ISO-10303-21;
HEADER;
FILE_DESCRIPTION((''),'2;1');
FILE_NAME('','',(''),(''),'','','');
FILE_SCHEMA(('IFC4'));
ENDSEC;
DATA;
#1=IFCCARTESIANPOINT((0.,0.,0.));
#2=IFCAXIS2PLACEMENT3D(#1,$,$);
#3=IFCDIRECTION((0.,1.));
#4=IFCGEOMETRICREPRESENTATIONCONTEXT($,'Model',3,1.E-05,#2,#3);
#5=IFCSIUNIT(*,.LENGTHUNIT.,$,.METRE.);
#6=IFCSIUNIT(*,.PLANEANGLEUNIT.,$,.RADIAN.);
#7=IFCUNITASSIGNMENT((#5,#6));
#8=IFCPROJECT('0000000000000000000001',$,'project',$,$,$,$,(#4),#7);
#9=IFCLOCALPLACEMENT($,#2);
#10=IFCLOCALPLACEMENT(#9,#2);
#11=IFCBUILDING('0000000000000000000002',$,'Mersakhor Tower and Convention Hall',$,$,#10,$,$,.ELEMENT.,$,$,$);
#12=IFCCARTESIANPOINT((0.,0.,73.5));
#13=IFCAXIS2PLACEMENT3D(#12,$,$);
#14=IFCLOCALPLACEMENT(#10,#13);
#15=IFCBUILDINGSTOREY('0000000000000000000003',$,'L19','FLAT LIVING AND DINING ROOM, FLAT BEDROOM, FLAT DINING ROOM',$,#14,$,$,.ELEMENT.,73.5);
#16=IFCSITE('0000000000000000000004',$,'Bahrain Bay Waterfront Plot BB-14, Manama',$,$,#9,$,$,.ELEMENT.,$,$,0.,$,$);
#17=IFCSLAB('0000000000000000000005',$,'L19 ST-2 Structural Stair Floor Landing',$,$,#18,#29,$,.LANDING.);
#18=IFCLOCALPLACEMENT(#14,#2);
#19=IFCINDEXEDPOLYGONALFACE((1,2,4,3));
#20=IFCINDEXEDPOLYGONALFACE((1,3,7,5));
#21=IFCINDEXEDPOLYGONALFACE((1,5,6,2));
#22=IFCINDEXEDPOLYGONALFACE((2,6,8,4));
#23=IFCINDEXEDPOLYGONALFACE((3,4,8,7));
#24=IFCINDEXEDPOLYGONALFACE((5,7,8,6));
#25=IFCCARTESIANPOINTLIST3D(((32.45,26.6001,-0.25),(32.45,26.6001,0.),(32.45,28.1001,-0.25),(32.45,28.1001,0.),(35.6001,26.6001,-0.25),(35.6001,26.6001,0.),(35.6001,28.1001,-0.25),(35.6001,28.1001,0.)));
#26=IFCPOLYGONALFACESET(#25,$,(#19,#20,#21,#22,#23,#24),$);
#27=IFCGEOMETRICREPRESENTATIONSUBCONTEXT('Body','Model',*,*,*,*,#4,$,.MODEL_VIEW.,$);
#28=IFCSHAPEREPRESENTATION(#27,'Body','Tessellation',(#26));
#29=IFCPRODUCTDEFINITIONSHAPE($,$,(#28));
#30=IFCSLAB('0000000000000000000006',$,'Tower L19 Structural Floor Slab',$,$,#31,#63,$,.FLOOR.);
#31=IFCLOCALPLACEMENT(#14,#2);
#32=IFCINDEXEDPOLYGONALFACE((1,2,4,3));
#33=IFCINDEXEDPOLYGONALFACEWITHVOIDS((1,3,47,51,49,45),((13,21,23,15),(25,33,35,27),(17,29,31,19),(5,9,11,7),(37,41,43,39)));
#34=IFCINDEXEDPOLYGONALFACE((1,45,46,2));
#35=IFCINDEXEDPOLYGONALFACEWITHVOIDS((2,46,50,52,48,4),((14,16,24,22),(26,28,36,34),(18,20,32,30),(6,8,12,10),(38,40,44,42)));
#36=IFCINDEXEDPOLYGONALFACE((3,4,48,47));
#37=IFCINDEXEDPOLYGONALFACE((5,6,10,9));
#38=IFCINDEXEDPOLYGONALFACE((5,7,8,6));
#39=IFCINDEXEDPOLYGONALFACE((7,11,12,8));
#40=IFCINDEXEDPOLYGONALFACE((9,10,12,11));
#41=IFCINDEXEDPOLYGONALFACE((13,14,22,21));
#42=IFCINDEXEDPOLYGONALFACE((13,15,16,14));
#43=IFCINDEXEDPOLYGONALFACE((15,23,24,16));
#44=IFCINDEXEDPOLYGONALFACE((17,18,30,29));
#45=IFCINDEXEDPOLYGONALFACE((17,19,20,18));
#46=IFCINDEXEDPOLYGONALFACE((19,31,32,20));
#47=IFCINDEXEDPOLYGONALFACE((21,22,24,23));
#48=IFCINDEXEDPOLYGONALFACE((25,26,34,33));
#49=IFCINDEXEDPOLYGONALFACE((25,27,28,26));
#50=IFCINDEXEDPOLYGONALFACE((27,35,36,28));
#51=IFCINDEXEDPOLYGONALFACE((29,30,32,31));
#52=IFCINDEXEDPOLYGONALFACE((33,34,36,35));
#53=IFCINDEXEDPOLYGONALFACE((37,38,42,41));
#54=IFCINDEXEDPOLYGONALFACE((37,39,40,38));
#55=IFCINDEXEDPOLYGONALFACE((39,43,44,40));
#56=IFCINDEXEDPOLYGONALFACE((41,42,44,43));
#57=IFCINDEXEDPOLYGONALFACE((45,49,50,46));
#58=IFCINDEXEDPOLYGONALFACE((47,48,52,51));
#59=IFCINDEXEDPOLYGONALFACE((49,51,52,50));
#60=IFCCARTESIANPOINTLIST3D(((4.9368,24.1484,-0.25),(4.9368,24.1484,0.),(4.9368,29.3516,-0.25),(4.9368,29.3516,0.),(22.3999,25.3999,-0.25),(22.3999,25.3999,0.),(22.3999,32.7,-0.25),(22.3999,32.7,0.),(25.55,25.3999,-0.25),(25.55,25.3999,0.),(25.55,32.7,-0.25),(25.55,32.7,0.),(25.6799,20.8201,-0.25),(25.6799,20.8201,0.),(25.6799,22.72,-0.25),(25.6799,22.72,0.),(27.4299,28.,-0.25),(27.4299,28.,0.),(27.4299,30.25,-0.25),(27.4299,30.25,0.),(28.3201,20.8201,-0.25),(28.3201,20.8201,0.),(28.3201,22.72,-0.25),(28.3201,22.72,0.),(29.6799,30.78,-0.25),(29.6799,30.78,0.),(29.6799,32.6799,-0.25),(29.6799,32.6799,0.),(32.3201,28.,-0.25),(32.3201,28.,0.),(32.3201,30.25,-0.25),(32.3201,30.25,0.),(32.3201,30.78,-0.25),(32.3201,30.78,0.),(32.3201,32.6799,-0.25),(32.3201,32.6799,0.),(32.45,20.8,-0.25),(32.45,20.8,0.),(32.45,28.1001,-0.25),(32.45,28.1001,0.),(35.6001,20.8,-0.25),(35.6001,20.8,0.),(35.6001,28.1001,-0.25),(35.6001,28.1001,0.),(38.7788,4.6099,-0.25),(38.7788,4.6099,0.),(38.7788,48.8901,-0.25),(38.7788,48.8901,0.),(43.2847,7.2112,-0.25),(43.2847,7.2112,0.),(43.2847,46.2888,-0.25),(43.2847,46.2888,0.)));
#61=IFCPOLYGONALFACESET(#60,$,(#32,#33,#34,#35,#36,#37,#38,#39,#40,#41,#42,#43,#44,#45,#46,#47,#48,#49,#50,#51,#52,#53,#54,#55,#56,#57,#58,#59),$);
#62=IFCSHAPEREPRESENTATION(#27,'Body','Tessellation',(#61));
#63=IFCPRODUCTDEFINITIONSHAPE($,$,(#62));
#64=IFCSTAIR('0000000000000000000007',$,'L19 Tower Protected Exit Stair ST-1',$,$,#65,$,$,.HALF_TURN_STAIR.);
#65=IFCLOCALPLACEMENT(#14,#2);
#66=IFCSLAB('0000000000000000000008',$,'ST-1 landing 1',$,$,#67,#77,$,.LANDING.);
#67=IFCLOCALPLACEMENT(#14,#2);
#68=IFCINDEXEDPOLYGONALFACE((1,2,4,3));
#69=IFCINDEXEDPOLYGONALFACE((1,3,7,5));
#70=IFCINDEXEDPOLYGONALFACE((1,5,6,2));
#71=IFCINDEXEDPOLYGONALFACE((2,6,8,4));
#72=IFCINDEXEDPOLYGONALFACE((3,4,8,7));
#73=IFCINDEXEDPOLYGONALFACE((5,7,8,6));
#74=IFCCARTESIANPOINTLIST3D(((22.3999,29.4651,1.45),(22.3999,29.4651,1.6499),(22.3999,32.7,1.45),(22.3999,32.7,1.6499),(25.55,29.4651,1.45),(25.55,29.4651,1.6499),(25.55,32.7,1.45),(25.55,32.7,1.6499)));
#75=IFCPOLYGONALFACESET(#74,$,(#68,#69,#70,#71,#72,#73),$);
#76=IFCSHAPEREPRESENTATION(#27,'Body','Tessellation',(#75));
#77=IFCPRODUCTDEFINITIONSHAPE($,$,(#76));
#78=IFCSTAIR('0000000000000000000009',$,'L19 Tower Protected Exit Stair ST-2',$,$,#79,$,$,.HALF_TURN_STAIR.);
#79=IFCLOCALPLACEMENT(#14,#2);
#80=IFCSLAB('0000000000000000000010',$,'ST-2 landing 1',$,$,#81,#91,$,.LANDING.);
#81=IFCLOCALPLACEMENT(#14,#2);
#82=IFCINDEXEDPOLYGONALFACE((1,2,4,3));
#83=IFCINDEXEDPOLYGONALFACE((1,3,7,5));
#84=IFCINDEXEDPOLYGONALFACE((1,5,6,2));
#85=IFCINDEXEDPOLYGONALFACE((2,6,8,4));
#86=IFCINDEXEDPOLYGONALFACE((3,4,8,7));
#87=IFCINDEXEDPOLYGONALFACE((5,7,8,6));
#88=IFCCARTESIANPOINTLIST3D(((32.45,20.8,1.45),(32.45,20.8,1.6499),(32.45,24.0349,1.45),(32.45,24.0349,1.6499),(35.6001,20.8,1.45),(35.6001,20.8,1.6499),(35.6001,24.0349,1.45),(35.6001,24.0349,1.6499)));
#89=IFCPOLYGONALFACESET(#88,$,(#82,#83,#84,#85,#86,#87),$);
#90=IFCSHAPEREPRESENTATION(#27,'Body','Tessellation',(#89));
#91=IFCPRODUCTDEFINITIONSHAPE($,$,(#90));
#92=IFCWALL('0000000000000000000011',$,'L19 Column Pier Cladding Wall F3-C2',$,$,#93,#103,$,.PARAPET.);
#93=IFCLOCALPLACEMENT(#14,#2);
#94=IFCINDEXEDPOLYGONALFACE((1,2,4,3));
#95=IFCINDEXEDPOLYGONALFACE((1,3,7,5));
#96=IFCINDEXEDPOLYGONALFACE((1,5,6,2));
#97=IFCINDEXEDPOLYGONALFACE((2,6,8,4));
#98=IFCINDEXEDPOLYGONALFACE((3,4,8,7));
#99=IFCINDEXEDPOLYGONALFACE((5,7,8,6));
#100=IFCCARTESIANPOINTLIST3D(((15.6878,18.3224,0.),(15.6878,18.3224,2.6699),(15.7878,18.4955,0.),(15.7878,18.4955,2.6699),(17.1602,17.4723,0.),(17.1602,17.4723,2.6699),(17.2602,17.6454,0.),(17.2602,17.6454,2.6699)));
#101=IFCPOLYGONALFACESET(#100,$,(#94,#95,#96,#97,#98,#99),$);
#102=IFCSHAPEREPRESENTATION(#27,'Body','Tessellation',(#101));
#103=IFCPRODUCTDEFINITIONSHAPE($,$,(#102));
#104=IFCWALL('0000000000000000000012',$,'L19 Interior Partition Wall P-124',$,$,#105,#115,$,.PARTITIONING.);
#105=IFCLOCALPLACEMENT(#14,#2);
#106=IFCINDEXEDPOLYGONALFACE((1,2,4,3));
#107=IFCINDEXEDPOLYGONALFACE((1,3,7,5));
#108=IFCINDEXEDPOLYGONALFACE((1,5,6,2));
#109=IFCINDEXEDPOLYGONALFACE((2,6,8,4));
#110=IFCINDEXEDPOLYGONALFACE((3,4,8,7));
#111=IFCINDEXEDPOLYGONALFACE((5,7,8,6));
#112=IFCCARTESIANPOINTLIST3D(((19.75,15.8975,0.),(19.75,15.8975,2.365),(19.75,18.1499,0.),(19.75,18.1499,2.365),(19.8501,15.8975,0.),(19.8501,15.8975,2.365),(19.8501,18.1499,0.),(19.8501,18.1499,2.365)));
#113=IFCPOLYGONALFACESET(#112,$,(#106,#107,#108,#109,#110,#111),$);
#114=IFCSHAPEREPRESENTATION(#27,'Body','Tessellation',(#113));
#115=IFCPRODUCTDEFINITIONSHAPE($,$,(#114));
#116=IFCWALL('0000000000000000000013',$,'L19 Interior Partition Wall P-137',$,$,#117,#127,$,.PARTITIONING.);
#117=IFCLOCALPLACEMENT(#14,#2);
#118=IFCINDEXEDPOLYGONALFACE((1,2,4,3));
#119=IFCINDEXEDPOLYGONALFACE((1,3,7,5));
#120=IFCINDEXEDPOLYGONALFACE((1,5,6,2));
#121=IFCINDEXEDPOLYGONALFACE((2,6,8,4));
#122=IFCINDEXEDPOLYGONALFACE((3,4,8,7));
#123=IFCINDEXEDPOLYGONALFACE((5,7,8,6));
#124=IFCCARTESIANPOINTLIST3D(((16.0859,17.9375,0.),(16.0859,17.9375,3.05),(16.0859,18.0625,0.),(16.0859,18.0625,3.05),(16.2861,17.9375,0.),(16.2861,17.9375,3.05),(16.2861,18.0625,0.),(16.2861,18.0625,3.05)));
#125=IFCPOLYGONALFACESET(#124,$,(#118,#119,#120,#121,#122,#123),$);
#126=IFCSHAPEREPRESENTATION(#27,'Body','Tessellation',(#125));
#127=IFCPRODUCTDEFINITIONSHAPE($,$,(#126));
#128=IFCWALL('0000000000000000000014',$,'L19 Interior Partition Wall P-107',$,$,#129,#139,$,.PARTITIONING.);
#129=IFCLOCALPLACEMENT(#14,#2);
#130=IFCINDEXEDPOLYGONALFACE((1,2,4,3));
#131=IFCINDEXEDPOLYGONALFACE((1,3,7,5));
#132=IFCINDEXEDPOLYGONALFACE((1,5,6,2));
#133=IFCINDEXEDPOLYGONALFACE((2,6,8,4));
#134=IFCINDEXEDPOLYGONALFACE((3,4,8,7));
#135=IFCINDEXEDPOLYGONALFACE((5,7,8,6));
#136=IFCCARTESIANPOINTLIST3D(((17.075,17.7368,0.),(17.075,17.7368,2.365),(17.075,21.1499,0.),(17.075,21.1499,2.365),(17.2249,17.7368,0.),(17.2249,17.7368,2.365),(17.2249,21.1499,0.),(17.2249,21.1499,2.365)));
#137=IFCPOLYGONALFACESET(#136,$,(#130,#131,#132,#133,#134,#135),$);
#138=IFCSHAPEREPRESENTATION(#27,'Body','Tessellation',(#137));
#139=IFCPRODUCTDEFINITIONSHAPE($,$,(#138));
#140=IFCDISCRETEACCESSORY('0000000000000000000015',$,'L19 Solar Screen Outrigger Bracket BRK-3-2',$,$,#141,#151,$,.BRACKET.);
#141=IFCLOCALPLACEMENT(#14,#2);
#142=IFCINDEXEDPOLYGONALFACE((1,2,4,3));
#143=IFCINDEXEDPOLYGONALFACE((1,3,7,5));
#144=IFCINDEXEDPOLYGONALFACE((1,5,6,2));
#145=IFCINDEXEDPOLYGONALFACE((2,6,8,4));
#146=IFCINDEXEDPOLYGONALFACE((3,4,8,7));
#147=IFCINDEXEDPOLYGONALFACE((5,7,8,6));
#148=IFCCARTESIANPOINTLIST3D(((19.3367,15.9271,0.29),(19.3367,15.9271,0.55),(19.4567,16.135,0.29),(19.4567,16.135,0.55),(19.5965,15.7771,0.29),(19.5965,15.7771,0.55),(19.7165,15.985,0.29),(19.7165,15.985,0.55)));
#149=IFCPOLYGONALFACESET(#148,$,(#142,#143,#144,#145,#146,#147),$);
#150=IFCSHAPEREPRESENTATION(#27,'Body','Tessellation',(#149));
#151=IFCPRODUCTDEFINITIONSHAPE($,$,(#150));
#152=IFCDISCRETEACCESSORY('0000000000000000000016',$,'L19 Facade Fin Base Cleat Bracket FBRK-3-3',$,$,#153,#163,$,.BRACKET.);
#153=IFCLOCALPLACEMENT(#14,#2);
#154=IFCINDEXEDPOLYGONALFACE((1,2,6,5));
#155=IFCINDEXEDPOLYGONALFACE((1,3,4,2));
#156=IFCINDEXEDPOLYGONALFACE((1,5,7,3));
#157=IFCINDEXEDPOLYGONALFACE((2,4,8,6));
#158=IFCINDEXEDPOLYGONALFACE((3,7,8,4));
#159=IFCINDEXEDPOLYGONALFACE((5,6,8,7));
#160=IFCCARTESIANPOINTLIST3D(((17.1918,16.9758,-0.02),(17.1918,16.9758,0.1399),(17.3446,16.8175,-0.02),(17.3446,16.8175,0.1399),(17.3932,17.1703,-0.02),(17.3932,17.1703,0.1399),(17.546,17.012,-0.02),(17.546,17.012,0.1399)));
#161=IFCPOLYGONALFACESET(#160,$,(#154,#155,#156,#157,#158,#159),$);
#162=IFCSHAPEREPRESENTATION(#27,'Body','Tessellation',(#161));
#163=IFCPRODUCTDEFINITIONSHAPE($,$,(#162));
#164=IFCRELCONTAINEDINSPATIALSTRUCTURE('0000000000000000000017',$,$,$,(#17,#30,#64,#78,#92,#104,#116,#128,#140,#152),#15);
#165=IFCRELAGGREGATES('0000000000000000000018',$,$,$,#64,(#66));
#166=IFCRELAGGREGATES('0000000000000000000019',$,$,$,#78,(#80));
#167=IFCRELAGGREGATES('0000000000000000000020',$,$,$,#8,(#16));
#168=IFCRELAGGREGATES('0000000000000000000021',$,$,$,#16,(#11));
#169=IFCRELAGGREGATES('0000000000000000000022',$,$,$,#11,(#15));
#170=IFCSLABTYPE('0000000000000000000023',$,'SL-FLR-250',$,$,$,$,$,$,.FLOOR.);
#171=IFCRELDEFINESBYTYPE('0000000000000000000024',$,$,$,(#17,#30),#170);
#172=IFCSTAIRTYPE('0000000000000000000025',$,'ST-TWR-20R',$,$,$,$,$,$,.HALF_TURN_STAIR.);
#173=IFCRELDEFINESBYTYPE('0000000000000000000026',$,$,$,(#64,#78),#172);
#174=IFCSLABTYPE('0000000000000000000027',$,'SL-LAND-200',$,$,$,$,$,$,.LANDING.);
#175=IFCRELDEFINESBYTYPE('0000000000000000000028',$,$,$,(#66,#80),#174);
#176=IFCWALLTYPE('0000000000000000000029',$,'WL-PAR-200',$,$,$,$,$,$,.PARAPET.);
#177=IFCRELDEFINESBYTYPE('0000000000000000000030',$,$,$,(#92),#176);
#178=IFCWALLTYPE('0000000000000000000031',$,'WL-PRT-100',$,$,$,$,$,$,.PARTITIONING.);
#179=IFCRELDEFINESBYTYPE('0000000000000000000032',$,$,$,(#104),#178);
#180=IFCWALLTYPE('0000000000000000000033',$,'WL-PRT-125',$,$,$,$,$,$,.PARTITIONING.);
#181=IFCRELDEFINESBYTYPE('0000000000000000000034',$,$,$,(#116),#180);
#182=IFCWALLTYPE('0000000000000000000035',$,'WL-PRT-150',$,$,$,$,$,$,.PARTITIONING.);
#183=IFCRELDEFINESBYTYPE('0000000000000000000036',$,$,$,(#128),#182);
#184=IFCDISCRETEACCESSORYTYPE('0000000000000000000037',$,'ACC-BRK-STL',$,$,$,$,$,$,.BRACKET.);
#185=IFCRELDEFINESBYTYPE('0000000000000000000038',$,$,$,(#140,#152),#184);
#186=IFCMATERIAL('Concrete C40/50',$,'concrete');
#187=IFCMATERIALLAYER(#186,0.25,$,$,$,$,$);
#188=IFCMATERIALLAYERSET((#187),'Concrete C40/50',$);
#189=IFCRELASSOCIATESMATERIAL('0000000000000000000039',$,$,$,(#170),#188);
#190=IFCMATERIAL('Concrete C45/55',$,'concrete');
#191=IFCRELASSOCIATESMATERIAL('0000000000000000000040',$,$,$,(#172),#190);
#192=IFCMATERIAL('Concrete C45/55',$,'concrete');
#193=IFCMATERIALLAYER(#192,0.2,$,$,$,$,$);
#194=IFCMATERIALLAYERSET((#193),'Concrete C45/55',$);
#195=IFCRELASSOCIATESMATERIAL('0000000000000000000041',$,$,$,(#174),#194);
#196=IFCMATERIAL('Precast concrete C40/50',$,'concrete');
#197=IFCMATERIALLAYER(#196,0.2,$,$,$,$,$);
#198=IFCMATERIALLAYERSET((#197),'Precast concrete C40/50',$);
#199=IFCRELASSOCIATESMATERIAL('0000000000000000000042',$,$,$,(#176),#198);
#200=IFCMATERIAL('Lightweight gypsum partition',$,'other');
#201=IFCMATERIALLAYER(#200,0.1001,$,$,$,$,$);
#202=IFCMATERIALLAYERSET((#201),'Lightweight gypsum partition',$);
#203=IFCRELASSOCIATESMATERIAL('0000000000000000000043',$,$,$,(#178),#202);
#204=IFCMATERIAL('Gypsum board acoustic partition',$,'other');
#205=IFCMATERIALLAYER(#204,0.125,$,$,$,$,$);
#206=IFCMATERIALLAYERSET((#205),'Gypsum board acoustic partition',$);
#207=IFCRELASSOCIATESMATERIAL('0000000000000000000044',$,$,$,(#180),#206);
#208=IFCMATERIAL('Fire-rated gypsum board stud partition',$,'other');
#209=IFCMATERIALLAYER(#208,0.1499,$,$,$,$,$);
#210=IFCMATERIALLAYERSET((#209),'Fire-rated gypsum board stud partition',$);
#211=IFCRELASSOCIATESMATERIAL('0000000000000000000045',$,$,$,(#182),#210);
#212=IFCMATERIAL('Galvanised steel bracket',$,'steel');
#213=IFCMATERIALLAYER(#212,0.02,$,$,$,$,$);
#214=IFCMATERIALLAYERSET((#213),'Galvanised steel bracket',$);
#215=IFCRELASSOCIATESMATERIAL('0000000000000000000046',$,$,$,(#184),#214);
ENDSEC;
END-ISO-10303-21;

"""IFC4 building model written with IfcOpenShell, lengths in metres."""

from ifc_helpers import new_model, si_unit, direction, frame, frame_2d, origin, origin_2d, place, context, subcontext, project, spatial, polyline, rectangle, outline, extrude, material, layer, layer_set, type_object, element, aggregate, save


model = new_model("IFC4")

# Units and contexts
model_context = context("Model", 3, precision=1e-05, world=origin(), true_north=direction((0.0, 1.0)))
body_context = subcontext(model_context, "Body", "Model", "MODEL_VIEW")
ifc_project = project(units=[si_unit("LENGTHUNIT", "METRE"), si_unit("PLANEANGLEUNIT", "RADIAN")], contexts=[model_context])

# Site, building, storey
site_placement = place(None, origin())
site = spatial("IfcSite", under=ifc_project, at=site_placement, Name="Bahrain Bay Waterfront Plot BB-14, Manama", CompositionType="ELEMENT", RefElevation=0.0)
building_placement = place(site_placement, origin())
building = spatial("IfcBuilding", under=site, at=building_placement, Name="Mersakhor Tower and Convention Hall", CompositionType="ELEMENT")
storey_placement = place(building_placement, frame((0.0, 0.0, 73.5)))
storey = spatial("IfcBuildingStorey", under=building, at=storey_placement, Name="L19", Description="FLAT LIVING AND DINING ROOM, FLAT BEDROOM, FLAT DINING ROOM", CompositionType="ELEMENT", Elevation=73.5)

# Slabs
ifc_material_1 = material(Name="Concrete C40/50", Category="concrete")
ifc_layer_1 = layer(ifc_material_1, 0.25)
ifc_layer_set_1 = layer_set([ifc_layer_1], Name="Concrete C40/50")
slab_type_1 = type_object("IfcSlabType", Name="SL-FLR-250", PredefinedType="FLOOR", material=ifc_layer_set_1)
slab_1_placement = place(storey_placement, frame((0.0, 0.0, -0.25)))
element("IfcSlab", 1, at=slab_1_placement, inside=storey, type_object=slab_type_1, Name="L19 ST-2 Structural Stair Floor Landing", PredefinedType="LANDING", context=body_context, shape_type="SweptSolid", body=[
    extrude(outline(polyline([(32.45, 28.1001), (32.45, 26.6001), (35.6001, 26.6001), (35.6001, 28.1001), (32.45, 28.1001)])), origin(), (0.0, 0.0, 1.0), 0.25),
])
slab_2_placement = place(storey_placement, frame((0.0, 0.0, -0.25)))
element("IfcSlab", 2, at=slab_2_placement, inside=storey, type_object=slab_type_1, Name="Tower L19 Structural Floor Slab", PredefinedType="FLOOR", context=body_context, shape_type="SweptSolid", body=[
    extrude(outline(polyline([(4.9368, 29.3516), (38.7788, 48.8901), (43.2847, 46.2888), (43.2847, 7.2112), (38.7788, 4.6099), (4.9368, 24.1484), (4.9368, 29.3516)]), holes=[polyline([(25.55, 25.3999), (25.55, 32.7), (22.3999, 32.7), (22.3999, 25.3999), (25.55, 25.3999)]), polyline([(32.45, 28.1001), (32.45, 20.8), (35.6001, 20.8), (35.6001, 28.1001), (32.45, 28.1001)]), polyline([(25.6799, 20.8201), (25.6799, 22.72), (28.3201, 22.72), (28.3201, 20.8201), (25.6799, 20.8201)]), polyline([(29.6799, 30.78), (29.6799, 32.6799), (32.3201, 32.6799), (32.3201, 30.78), (29.6799, 30.78)]), polyline([(27.4299, 28.0), (27.4299, 30.25), (32.3201, 30.25), (32.3201, 28.0), (27.4299, 28.0)])]), origin(), (0.0, 0.0, 1.0), 0.25),
])

# Stairs, slabs
ifc_material_2 = material(Name="Concrete C45/55", Category="concrete")
stair_type = type_object("IfcStairType", Name="ST-TWR-20R", PredefinedType="HALF_TURN_STAIR", material=ifc_material_2)
stair_1_placement = place(storey_placement, origin())
stair_1 = element("IfcStair", 3, at=stair_1_placement, inside=storey, type_object=stair_type, Name="L19 Tower Protected Exit Stair ST-1", PredefinedType="HALF_TURN_STAIR")
ifc_material_3 = material(Name="Concrete C45/55", Category="concrete")
ifc_layer_2 = layer(ifc_material_3, 0.2)
ifc_layer_set_2 = layer_set([ifc_layer_2], Name="Concrete C45/55")
slab_type_2 = type_object("IfcSlabType", Name="SL-LAND-200", PredefinedType="LANDING", material=ifc_layer_set_2)
slab_3_placement = place(storey_placement, frame((0.0, 0.0, 1.45)))
slab_3 = element("IfcSlab", 4, at=slab_3_placement, type_object=slab_type_2, Name="ST-1 landing 1", PredefinedType="LANDING", context=body_context, shape_type="SweptSolid", body=[
    extrude(outline(polyline([(25.55, 29.4651), (25.55, 32.7), (22.3999, 32.7), (22.3999, 29.4651), (25.55, 29.4651)])), origin(), (0.0, 0.0, 1.0), 0.2),
])
aggregate(stair_1, [slab_3])
stair_2_placement = place(storey_placement, origin())
stair_2 = element("IfcStair", 5, at=stair_2_placement, inside=storey, type_object=stair_type, Name="L19 Tower Protected Exit Stair ST-2", PredefinedType="HALF_TURN_STAIR")
slab_4_placement = place(storey_placement, frame((0.0, 0.0, 1.45)))
slab_4 = element("IfcSlab", 6, at=slab_4_placement, type_object=slab_type_2, Name="ST-2 landing 1", PredefinedType="LANDING", context=body_context, shape_type="SweptSolid", body=[
    extrude(outline(polyline([(32.45, 24.0349), (32.45, 20.8), (35.6001, 20.8), (35.6001, 24.0349), (32.45, 24.0349)])), origin(), (0.0, 0.0, 1.0), 0.2),
])
aggregate(stair_2, [slab_4])

# Walls
ifc_material_4 = material(Name="Precast concrete C40/50", Category="concrete")
ifc_layer_3 = layer(ifc_material_4, 0.2)
ifc_layer_set_3 = layer_set([ifc_layer_3], Name="Precast concrete C40/50")
wall_type_1 = type_object("IfcWallType", Name="WL-PAR-200", PredefinedType="PARAPET", material=ifc_layer_set_3)
wall_1_placement = place(storey_placement, frame((17.2102, 17.5588, 0.0), z_axis=(0.0, 0.0, 1.0), x_axis=(-0.866025, 0.5, 0.0)))
element("IfcWall", 7, at=wall_1_placement, inside=storey, type_object=wall_type_1, Name="L19 Column Pier Cladding Wall F3-C2", PredefinedType="PARAPET", context=body_context, shape_type="SweptSolid", body=[
    extrude(rectangle(XDim=1.7002, YDim=0.2, at=frame_2d((0.8501, 0.0))), origin(), (0.0, 0.0, 1.0), 2.6699),
])
ifc_material_5 = material(Name="Lightweight gypsum partition", Category="other")
ifc_layer_4 = layer(ifc_material_5, 0.1001)
ifc_layer_set_4 = layer_set([ifc_layer_4], Name="Lightweight gypsum partition")
wall_type_2 = type_object("IfcWallType", Name="WL-PRT-100", PredefinedType="PARTITIONING", material=ifc_layer_set_4)
wall_2_placement = place(storey_placement, frame((19.8, 15.8975, 0.0), z_axis=(0.0, 0.0, 1.0), x_axis=(0.0, 1.0, 0.0)))
element("IfcWall", 8, at=wall_2_placement, inside=storey, type_object=wall_type_2, Name="L19 Interior Partition Wall P-124", PredefinedType="PARTITIONING", context=body_context, shape_type="SweptSolid", body=[
    extrude(rectangle(XDim=2.2524, YDim=0.1001, at=frame_2d((1.1262, 0.0))), origin(), (0.0, 0.0, 1.0), 2.365),
])
ifc_material_6 = material(Name="Gypsum board acoustic partition", Category="other")
ifc_layer_5 = layer(ifc_material_6, 0.125)
ifc_layer_set_5 = layer_set([ifc_layer_5], Name="Gypsum board acoustic partition")
wall_type_3 = type_object("IfcWallType", Name="WL-PRT-125", PredefinedType="PARTITIONING", material=ifc_layer_set_5)
wall_3_placement = place(storey_placement, frame((16.2861, 18.0, 0.0), z_axis=(0.0, 0.0, 1.0), x_axis=(-1.0, 0.0, 0.0)))
element("IfcWall", 9, at=wall_3_placement, inside=storey, type_object=wall_type_3, Name="L19 Interior Partition Wall P-137", PredefinedType="PARTITIONING", context=body_context, shape_type="SweptSolid", body=[
    extrude(rectangle(XDim=0.2002, YDim=0.125, at=frame_2d((0.1001, 0.0))), origin(), (0.0, 0.0, 1.0), 3.05),
])
ifc_material_7 = material(Name="Fire-rated gypsum board stud partition", Category="other")
ifc_layer_6 = layer(ifc_material_7, 0.1499)
ifc_layer_set_6 = layer_set([ifc_layer_6], Name="Fire-rated gypsum board stud partition")
wall_type_4 = type_object("IfcWallType", Name="WL-PRT-150", PredefinedType="PARTITIONING", material=ifc_layer_set_6)
wall_4_placement = place(storey_placement, frame((17.1499, 17.7368, 0.0), z_axis=(0.0, 0.0, 1.0), x_axis=(0.0, 1.0, 0.0)))
element("IfcWall", 10, at=wall_4_placement, inside=storey, type_object=wall_type_4, Name="L19 Interior Partition Wall P-107", PredefinedType="PARTITIONING", context=body_context, shape_type="SweptSolid", body=[
    extrude(rectangle(XDim=3.4131, YDim=0.1499, at=frame_2d((1.7065, 0.0))), origin(), (0.0, 0.0, 1.0), 2.365),
])

# Discrete accessories
ifc_material_8 = material(Name="Galvanised steel bracket", Category="steel")
ifc_layer_7 = layer(ifc_material_8, 0.02)
ifc_layer_set_7 = layer_set([ifc_layer_7], Name="Galvanised steel bracket")
discrete_accessory_type = type_object("IfcDiscreteAccessoryType", Name="ACC-BRK-STL", PredefinedType="BRACKET", material=ifc_layer_set_7)
discrete_accessory_1_placement = place(storey_placement, frame((19.5266, 15.9561, 0.29), z_axis=(0.0, 0.0, 1.0), x_axis=(-0.866025, 0.5, 0.0)))
element("IfcDiscreteAccessory", 11, at=discrete_accessory_1_placement, inside=storey, type_object=discrete_accessory_type, Name="L19 Solar Screen Outrigger Bracket BRK-3-2", PredefinedType="BRACKET", context=body_context, shape_type="SweptSolid", body=[
    extrude(rectangle(XDim=0.3, YDim=0.24, at=origin_2d()), origin(), (0.0, 0.0, 1.0), 0.26),
])
discrete_accessory_2_placement = place(storey_placement, frame((17.3689, 16.9939, -0.02), z_axis=(0.0, 0.0, 1.0), x_axis=(-0.71934, -0.694658, 0.0)))
element("IfcDiscreteAccessory", 12, at=discrete_accessory_2_placement, inside=storey, type_object=discrete_accessory_type, Name="L19 Facade Fin Base Cleat Bracket FBRK-3-3", PredefinedType="BRACKET", context=body_context, shape_type="SweptSolid", body=[
    extrude(rectangle(XDim=0.28, YDim=0.22, at=origin_2d()), origin(), (0.0, 0.0, 1.0), 0.1599),
])

save(model, "model.ifc")
